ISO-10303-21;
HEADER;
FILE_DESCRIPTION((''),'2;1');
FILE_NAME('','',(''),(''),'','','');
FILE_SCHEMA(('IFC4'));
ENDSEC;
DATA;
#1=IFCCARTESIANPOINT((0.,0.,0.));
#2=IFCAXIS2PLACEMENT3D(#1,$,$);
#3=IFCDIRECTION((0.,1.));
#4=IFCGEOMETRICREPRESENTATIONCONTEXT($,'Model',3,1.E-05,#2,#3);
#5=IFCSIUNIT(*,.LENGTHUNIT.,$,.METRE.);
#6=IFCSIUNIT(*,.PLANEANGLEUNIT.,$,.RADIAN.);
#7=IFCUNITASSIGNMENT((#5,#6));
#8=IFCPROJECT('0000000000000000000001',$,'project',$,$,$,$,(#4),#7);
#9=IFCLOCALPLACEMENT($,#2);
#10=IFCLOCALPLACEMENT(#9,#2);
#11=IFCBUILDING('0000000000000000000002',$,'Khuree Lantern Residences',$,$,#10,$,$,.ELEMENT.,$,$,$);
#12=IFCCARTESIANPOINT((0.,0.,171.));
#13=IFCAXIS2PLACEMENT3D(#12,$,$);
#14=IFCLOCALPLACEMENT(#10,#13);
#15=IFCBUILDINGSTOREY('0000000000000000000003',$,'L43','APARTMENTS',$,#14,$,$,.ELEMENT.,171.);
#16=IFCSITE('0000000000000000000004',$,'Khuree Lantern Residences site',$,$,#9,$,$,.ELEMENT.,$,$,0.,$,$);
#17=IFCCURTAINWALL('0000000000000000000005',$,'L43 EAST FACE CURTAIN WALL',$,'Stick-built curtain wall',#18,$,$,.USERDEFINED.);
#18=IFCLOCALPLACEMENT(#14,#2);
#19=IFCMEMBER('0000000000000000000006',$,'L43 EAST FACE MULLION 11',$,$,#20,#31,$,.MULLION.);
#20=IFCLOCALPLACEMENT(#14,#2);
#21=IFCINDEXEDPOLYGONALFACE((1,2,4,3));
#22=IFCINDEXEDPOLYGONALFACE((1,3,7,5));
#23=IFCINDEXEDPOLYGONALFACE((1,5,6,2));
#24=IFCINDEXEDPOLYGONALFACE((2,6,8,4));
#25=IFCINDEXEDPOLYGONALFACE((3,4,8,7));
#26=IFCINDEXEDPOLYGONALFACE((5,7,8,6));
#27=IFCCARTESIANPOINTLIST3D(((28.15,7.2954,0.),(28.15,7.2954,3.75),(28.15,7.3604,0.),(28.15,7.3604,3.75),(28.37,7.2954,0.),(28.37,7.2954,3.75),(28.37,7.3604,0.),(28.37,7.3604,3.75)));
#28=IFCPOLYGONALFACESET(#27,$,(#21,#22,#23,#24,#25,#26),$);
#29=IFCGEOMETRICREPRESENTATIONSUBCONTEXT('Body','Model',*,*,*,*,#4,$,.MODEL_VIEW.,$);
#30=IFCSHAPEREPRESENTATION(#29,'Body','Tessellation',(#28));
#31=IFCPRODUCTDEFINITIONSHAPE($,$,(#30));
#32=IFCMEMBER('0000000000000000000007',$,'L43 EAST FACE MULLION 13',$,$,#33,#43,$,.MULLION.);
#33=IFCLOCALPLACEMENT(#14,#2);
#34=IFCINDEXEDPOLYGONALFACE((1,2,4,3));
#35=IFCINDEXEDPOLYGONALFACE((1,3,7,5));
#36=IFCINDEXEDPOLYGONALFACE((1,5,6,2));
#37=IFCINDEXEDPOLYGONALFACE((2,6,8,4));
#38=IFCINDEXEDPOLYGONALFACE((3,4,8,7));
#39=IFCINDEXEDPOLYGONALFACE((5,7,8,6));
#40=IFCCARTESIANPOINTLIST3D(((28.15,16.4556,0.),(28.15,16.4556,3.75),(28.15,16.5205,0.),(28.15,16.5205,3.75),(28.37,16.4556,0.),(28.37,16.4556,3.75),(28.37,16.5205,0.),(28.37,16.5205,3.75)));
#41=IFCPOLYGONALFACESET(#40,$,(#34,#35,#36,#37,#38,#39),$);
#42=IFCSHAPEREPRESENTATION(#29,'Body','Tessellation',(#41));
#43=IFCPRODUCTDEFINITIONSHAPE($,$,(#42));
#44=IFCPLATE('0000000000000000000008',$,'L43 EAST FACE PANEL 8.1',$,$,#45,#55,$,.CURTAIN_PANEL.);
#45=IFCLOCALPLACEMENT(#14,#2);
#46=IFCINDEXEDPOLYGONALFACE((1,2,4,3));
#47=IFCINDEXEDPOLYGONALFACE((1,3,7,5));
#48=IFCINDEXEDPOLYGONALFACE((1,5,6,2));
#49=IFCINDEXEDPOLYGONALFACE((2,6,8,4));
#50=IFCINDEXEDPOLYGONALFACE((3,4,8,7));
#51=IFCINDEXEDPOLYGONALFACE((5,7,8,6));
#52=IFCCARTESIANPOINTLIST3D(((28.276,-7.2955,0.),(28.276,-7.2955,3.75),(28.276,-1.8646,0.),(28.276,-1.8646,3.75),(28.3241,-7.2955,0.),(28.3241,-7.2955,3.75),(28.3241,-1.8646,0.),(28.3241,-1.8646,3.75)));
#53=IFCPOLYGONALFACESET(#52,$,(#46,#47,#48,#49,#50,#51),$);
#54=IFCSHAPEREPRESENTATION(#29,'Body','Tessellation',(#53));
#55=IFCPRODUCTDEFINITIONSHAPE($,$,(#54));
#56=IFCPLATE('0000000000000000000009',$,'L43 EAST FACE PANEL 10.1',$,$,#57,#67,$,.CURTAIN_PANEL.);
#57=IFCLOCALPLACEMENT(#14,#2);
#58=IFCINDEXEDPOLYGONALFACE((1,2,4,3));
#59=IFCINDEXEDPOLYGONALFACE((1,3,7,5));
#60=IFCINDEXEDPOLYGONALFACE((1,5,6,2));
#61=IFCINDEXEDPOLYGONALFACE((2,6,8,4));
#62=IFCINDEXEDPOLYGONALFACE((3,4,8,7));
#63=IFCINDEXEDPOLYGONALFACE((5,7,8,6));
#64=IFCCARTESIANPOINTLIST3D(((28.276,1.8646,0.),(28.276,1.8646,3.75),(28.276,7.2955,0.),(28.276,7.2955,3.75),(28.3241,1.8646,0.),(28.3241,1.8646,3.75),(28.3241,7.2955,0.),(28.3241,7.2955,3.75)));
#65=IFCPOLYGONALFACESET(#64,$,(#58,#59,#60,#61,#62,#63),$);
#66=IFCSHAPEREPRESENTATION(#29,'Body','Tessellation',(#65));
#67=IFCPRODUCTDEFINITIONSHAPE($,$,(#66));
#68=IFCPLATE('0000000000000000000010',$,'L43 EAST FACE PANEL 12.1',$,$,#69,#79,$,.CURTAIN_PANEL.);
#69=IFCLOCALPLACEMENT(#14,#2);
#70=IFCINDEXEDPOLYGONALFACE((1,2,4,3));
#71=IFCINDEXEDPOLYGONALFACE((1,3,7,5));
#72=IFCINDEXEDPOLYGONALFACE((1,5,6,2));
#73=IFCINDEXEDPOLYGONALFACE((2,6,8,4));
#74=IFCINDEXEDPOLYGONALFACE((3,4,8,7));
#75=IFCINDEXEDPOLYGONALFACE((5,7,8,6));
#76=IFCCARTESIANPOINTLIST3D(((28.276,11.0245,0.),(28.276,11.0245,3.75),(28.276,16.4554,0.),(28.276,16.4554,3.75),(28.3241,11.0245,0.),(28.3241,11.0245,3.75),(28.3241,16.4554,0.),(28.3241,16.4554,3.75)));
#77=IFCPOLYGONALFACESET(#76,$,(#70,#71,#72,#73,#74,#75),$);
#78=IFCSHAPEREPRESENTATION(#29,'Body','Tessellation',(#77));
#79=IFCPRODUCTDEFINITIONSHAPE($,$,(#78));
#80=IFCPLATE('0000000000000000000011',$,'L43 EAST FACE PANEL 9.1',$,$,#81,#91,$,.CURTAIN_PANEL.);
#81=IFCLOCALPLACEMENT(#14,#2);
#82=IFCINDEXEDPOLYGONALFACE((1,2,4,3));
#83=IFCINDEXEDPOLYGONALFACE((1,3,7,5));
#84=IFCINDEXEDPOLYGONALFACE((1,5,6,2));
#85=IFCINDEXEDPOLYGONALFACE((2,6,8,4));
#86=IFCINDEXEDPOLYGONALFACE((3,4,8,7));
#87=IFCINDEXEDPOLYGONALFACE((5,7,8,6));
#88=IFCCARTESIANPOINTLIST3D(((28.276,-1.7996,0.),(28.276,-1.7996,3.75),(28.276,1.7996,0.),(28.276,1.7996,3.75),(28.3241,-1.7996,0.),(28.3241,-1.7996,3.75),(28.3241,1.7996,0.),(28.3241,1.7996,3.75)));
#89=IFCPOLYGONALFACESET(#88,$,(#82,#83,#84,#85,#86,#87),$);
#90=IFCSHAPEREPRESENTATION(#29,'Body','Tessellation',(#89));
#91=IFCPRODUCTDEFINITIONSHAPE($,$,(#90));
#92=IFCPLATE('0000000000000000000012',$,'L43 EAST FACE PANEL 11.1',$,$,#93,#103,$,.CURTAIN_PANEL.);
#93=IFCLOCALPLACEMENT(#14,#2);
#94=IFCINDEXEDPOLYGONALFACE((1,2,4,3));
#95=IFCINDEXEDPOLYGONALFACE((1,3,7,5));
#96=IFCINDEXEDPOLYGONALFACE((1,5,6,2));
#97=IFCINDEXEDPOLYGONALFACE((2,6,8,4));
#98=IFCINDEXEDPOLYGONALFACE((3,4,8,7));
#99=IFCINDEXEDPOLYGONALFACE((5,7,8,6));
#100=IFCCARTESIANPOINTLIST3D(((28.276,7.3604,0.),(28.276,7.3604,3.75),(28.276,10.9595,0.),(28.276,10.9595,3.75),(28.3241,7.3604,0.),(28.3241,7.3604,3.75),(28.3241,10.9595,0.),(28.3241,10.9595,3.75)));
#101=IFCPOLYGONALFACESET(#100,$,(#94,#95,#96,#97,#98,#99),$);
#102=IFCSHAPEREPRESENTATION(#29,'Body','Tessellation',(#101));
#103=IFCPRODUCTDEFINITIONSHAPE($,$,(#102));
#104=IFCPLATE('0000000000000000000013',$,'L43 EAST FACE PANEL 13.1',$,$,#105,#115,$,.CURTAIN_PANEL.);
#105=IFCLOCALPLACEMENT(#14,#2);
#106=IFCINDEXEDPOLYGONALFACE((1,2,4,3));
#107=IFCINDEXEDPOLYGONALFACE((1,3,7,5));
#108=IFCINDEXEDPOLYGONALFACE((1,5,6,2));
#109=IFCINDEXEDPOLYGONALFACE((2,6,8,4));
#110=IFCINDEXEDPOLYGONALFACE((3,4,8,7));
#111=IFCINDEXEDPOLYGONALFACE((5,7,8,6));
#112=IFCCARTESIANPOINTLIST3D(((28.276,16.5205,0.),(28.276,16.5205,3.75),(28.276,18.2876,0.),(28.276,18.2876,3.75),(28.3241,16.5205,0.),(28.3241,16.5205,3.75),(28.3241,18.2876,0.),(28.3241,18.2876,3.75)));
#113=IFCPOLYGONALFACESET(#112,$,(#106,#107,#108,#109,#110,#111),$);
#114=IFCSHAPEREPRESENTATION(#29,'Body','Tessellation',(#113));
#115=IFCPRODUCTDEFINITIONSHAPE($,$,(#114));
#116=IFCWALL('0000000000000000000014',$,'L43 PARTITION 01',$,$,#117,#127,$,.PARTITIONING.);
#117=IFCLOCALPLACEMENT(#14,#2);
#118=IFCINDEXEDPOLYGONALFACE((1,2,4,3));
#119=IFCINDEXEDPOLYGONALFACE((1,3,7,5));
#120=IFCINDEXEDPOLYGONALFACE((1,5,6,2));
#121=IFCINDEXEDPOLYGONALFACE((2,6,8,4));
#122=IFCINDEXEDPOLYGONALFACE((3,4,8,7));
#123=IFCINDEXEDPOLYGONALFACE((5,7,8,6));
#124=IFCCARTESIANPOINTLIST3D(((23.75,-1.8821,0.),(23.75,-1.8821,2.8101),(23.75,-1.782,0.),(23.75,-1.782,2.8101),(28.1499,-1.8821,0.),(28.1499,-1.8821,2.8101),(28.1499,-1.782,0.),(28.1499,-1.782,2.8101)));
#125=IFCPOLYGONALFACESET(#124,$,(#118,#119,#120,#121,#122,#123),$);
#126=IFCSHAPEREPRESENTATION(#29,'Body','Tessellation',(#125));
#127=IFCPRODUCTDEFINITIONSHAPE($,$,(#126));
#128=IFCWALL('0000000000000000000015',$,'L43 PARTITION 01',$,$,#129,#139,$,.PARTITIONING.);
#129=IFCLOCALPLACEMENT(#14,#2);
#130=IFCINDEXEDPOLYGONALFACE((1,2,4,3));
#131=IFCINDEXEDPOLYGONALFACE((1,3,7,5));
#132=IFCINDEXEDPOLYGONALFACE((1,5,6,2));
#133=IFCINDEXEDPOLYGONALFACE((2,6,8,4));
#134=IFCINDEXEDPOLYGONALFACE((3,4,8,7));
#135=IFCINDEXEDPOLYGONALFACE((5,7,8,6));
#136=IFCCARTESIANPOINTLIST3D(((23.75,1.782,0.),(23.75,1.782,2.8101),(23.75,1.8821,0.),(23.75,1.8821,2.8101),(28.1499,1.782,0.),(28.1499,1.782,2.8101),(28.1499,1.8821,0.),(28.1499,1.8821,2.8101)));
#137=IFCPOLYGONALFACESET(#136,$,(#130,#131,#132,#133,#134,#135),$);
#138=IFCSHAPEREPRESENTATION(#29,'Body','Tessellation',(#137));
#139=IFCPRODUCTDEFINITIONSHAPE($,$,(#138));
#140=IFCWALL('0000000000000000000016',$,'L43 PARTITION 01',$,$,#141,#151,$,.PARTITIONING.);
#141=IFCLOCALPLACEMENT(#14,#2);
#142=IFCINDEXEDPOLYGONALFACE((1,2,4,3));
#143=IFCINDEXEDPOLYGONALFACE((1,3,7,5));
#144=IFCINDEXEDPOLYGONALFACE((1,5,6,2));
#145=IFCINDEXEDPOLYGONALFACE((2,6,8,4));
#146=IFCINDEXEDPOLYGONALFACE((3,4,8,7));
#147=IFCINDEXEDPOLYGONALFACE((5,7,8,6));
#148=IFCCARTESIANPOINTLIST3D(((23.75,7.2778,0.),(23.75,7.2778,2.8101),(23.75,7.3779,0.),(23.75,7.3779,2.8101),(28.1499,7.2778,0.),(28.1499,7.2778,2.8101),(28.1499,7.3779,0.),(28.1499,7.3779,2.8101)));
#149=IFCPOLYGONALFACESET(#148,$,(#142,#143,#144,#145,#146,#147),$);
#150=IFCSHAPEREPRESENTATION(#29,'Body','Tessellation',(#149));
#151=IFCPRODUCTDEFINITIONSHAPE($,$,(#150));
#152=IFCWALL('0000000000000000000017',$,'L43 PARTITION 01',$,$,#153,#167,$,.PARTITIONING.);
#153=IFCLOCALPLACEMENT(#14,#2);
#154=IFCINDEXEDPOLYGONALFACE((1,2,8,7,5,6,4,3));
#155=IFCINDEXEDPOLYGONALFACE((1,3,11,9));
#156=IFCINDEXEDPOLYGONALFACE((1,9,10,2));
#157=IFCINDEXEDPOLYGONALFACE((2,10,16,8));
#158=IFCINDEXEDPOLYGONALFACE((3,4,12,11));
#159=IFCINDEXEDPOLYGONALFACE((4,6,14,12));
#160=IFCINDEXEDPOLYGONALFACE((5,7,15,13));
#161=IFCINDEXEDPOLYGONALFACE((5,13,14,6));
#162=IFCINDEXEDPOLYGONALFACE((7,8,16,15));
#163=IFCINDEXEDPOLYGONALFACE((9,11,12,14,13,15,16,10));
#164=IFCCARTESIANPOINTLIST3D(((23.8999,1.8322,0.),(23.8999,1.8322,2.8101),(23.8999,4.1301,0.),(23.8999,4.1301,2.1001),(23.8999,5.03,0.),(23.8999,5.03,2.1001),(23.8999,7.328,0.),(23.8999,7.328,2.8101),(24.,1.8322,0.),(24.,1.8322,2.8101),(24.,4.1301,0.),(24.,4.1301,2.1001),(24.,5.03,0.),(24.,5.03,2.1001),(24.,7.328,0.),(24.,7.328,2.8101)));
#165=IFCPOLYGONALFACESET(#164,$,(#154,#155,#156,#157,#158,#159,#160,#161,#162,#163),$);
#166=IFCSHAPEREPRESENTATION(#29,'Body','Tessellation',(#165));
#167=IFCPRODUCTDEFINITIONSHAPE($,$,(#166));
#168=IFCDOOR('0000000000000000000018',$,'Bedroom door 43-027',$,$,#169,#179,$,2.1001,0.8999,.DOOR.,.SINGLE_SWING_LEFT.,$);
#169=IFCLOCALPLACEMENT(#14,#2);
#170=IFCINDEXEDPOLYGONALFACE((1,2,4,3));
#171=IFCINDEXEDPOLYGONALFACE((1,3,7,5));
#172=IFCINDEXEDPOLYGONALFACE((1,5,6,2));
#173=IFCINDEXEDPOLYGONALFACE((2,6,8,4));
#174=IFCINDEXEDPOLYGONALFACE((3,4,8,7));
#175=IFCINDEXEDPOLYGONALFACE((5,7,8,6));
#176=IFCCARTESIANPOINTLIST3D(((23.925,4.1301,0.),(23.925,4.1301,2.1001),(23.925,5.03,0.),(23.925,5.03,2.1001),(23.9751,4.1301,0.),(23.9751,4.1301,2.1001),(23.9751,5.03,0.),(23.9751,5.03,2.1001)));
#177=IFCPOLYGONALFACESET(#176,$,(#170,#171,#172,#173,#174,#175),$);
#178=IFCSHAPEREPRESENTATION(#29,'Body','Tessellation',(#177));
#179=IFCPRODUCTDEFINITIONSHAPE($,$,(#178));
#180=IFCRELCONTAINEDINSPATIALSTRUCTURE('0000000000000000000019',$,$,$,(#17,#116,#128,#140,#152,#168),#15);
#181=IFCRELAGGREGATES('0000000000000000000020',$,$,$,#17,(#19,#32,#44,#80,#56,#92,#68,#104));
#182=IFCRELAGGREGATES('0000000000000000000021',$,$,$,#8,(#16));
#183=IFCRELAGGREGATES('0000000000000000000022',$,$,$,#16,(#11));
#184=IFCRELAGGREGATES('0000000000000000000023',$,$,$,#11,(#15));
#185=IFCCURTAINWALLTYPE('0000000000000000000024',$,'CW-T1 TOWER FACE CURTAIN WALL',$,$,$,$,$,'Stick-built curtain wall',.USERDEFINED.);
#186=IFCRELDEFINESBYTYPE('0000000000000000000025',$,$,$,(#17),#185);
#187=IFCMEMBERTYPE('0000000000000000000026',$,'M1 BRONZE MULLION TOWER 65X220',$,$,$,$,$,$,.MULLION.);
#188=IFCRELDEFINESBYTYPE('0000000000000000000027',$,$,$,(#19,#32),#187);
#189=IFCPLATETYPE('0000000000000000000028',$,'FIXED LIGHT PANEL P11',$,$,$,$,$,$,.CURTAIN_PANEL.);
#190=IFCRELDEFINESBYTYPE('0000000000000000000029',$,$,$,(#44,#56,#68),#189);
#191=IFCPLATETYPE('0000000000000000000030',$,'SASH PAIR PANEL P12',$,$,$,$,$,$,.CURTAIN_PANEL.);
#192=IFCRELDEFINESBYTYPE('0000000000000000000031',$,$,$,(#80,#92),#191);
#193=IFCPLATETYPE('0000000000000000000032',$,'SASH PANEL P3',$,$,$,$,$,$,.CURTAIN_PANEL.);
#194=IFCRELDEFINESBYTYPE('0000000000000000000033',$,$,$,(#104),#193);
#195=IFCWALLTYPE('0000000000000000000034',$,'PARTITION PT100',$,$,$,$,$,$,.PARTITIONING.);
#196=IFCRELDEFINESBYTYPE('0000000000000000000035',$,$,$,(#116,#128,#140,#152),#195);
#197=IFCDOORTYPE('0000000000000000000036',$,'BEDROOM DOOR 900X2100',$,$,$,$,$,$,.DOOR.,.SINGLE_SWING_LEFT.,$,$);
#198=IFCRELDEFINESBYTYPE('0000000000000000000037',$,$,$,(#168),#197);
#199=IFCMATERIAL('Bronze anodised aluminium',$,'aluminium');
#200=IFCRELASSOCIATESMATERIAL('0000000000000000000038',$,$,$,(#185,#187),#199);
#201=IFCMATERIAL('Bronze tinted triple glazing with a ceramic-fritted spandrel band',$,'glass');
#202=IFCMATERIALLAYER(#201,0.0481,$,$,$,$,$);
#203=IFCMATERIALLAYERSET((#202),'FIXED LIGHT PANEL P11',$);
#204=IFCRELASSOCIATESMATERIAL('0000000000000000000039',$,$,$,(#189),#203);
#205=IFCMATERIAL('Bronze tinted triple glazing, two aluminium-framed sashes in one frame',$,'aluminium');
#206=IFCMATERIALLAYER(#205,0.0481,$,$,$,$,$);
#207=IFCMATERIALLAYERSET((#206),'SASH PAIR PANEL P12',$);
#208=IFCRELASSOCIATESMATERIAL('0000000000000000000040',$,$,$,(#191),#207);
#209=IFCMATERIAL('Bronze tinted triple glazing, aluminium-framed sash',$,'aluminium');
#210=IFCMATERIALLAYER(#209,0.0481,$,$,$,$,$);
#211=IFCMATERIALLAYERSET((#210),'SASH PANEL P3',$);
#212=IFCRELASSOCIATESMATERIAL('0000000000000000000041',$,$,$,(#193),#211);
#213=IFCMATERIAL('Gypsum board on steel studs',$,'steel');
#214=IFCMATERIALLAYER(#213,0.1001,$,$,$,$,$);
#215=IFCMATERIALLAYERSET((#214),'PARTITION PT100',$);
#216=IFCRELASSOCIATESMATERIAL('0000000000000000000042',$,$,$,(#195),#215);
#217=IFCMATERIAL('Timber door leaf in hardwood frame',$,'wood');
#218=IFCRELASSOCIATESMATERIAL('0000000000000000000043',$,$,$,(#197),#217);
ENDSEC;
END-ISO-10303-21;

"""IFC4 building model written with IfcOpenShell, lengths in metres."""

from ifc_helpers import new_model, si_unit, direction, frame, frame_2d, origin, origin_2d, place, context, subcontext, project, spatial, rectangle, extrude, material, layer, layer_set, material_profile, profile_set, type_object, element, fill, aggregate, save


model = new_model("IFC4")

# Units and contexts
model_context = context("Model", 3, precision=1e-05, world=origin(), true_north=direction((0.0, 1.0)))
body_context = subcontext(model_context, "Body", "Model", "MODEL_VIEW")
ifc_project = project(units=[si_unit("LENGTHUNIT", "METRE"), si_unit("PLANEANGLEUNIT", "RADIAN")], contexts=[model_context])

# Site, building, storey
site_placement = place(None, origin())
site = spatial("IfcSite", under=ifc_project, at=site_placement, Name="Khuree Lantern Residences site", CompositionType="ELEMENT", RefElevation=0.0)
building_placement = place(site_placement, origin())
building = spatial("IfcBuilding", under=site, at=building_placement, Name="Khuree Lantern Residences", CompositionType="ELEMENT")
storey_placement = place(building_placement, frame((0.0, 0.0, 171.0)))
storey = spatial("IfcBuildingStorey", under=building, at=storey_placement, Name="L43", Description="APARTMENTS", CompositionType="ELEMENT", Elevation=171.0)

# Curtain wall
ifc_material_1 = material(Name="Bronze anodised aluminium", Category="aluminium")
curtain_wall_type = type_object("IfcCurtainWallType", Name="CW-T1 TOWER FACE CURTAIN WALL", ElementType="Stick-built curtain wall", PredefinedType="USERDEFINED", material=ifc_material_1)
curtain_wall_placement = place(storey_placement, origin())
curtain_wall = element("IfcCurtainWall", 1, at=curtain_wall_placement, inside=storey, type_object=curtain_wall_type, Name="L43 EAST FACE CURTAIN WALL", ObjectType="Stick-built curtain wall", PredefinedType="USERDEFINED")

# Members
ifc_material_profile_1 = material_profile(ifc_material_1, rectangle(XDim=0.0649, YDim=0.22, at=origin_2d()), Name="M1 65X220")
ifc_profile_set_1 = profile_set([ifc_material_profile_1], Name="Bronze anodised aluminium")
member_type_1 = type_object("IfcMemberType", Name="M1 BRONZE MULLION TOWER 65X220", PredefinedType="MULLION", material=ifc_profile_set_1)
member_1_placement = place(storey_placement, frame((28.26, 7.3279, 0.0), z_axis=(0.0, 0.0, 1.0), x_axis=(0.0, 1.0, 0.0)))
member_1 = element("IfcMember", 2, at=member_1_placement, type_object=member_type_1, Name="L43 EAST FACE MULLION 11", PredefinedType="MULLION", context=body_context, shape_type="SweptSolid", body=[
    extrude(rectangle(XDim=0.0649, YDim=0.22, at=origin_2d()), origin(), (0.0, 0.0, 1.0), 3.75),
])
member_2_placement = place(storey_placement, frame((28.26, 16.488, 0.0), z_axis=(0.0, 0.0, 1.0), x_axis=(0.0, 1.0, 0.0)))
member_2 = element("IfcMember", 3, at=member_2_placement, type_object=member_type_1, Name="L43 EAST FACE MULLION 13", PredefinedType="MULLION", context=body_context, shape_type="SweptSolid", body=[
    extrude(rectangle(XDim=0.0649, YDim=0.22, at=origin_2d()), origin(), (0.0, 0.0, 1.0), 3.75),
])

# Plates
ifc_material_2 = material(Name="Bronze tinted triple glazing with a ceramic-fritted spandrel band", Category="glass")
ifc_layer_1 = layer(ifc_material_2, 0.0481)
ifc_layer_set_1 = layer_set([ifc_layer_1], Name="FIXED LIGHT PANEL P11")
plate_type_1 = type_object("IfcPlateType", Name="FIXED LIGHT PANEL P11", PredefinedType="CURTAIN_PANEL", material=ifc_layer_set_1)
plate_1_placement = place(storey_placement, frame((28.3, -4.5801, 0.0), z_axis=(0.0, 0.0, 1.0), x_axis=(0.0, 1.0, 0.0)))
plate_1 = element("IfcPlate", 4, at=plate_1_placement, type_object=plate_type_1, Name="L43 EAST FACE PANEL 8.1", PredefinedType="CURTAIN_PANEL", context=body_context, shape_type="SweptSolid", body=[
    extrude(rectangle(XDim=5.4309, YDim=0.0481, at=origin_2d()), origin(), (0.0, 0.0, 1.0), 3.75),
])
plate_2_placement = place(storey_placement, frame((28.3, 4.5801, 0.0), z_axis=(0.0, 0.0, 1.0), x_axis=(0.0, 1.0, 0.0)))
plate_2 = element("IfcPlate", 5, at=plate_2_placement, type_object=plate_type_1, Name="L43 EAST FACE PANEL 10.1", PredefinedType="CURTAIN_PANEL", context=body_context, shape_type="SweptSolid", body=[
    extrude(rectangle(XDim=5.4309, YDim=0.0481, at=origin_2d()), origin(), (0.0, 0.0, 1.0), 3.75),
])
plate_3_placement = place(storey_placement, frame((28.3, 13.74, 0.0), z_axis=(0.0, 0.0, 1.0), x_axis=(0.0, 1.0, 0.0)))
plate_3 = element("IfcPlate", 6, at=plate_3_placement, type_object=plate_type_1, Name="L43 EAST FACE PANEL 12.1", PredefinedType="CURTAIN_PANEL", context=body_context, shape_type="SweptSolid", body=[
    extrude(rectangle(XDim=5.4309, YDim=0.0481, at=origin_2d()), origin(), (0.0, 0.0, 1.0), 3.75),
])
ifc_material_3 = material(Name="Bronze tinted triple glazing, two aluminium-framed sashes in one frame", Category="aluminium")
ifc_layer_2 = layer(ifc_material_3, 0.0481)
ifc_layer_set_2 = layer_set([ifc_layer_2], Name="SASH PAIR PANEL P12")
plate_type_2 = type_object("IfcPlateType", Name="SASH PAIR PANEL P12", PredefinedType="CURTAIN_PANEL", material=ifc_layer_set_2)
plate_4_placement = place(storey_placement, frame((28.3, 0.0, 0.0), z_axis=(0.0, 0.0, 1.0), x_axis=(0.0, 1.0, 0.0)))
plate_4 = element("IfcPlate", 7, at=plate_4_placement, type_object=plate_type_2, Name="L43 EAST FACE PANEL 9.1", PredefinedType="CURTAIN_PANEL", context=body_context, shape_type="SweptSolid", body=[
    extrude(rectangle(XDim=3.5991, YDim=0.0481, at=origin_2d()), origin(), (0.0, 0.0, 1.0), 3.75),
])
plate_5_placement = place(storey_placement, frame((28.3, 9.1599, 0.0), z_axis=(0.0, 0.0, 1.0), x_axis=(0.0, 1.0, 0.0)))
plate_5 = element("IfcPlate", 8, at=plate_5_placement, type_object=plate_type_2, Name="L43 EAST FACE PANEL 11.1", PredefinedType="CURTAIN_PANEL", context=body_context, shape_type="SweptSolid", body=[
    extrude(rectangle(XDim=3.5991, YDim=0.0481, at=origin_2d()), origin(), (0.0, 0.0, 1.0), 3.75),
])
ifc_material_4 = material(Name="Bronze tinted triple glazing, aluminium-framed sash", Category="aluminium")
ifc_layer_3 = layer(ifc_material_4, 0.0481)
ifc_layer_set_3 = layer_set([ifc_layer_3], Name="SASH PANEL P3")
plate_type_3 = type_object("IfcPlateType", Name="SASH PANEL P3", PredefinedType="CURTAIN_PANEL", material=ifc_layer_set_3)
plate_6_placement = place(storey_placement, frame((28.3, 17.4041, 0.0), z_axis=(0.0, 0.0, 1.0), x_axis=(0.0, 1.0, 0.0)))
plate_6 = element("IfcPlate", 9, at=plate_6_placement, type_object=plate_type_3, Name="L43 EAST FACE PANEL 13.1", PredefinedType="CURTAIN_PANEL", context=body_context, shape_type="SweptSolid", body=[
    extrude(rectangle(XDim=1.7671, YDim=0.0481, at=origin_2d()), origin(), (0.0, 0.0, 1.0), 3.75),
])
aggregate(curtain_wall, [member_1, member_2, plate_1, plate_4, plate_2, plate_5, plate_3, plate_6])

# Walls
ifc_material_5 = material(Name="Gypsum board on steel studs", Category="steel")
ifc_layer_4 = layer(ifc_material_5, 0.1001)
ifc_layer_set_4 = layer_set([ifc_layer_4], Name="PARTITION PT100")
wall_type = type_object("IfcWallType", Name="PARTITION PT100", PredefinedType="PARTITIONING", material=ifc_layer_set_4)
for number, where, z_axis, x_axis, name in (
    (10, (23.75, -1.832, 0.0), (0.0, 0.0, 1.0), (1.0, 0.0, 0.0), "L43 PARTITION 01"),
    (11, (23.75, 1.832, 0.0), (0.0, 0.0, 1.0), (1.0, 0.0, 0.0), "L43 PARTITION 01"),
    (12, (23.75, 7.3279, 0.0), (0.0, 0.0, 1.0), (1.0, 0.0, 0.0), "L43 PARTITION 01"),
):
    element("IfcWall", number, at=place(storey_placement, frame(where, z_axis=z_axis, x_axis=x_axis)), inside=storey, type_object=wall_type, Name=name, PredefinedType="PARTITIONING", context=body_context, shape_type="SweptSolid", body=[
        extrude(rectangle(XDim=4.3999, YDim=0.1001, at=frame_2d((2.2, 0.0))), origin(), (0.0, 0.0, 1.0), 2.8101),
    ])

# Wall, opening, door
wall_placement = place(storey_placement, frame((23.95, 1.832, 0.0), z_axis=(0.0, 0.0, 1.0), x_axis=(0.0, 1.0, 0.0)))
wall = element("IfcWall", 13, at=wall_placement, inside=storey, type_object=wall_type, Name="L43 PARTITION 01", PredefinedType="PARTITIONING", context=body_context, shape_type="SweptSolid", body=[
    extrude(rectangle(XDim=5.4958, YDim=0.1001, at=frame_2d((2.748, 0.0))), origin(), (0.0, 0.0, 1.0), 2.8101),
])
opening_placement = place(wall_placement, frame((2.2981, 0.0, 0.0)))
opening = element("IfcOpeningElement", 14, at=opening_placement, cuts=wall, PredefinedType="OPENING", context=body_context, shape_type="SweptSolid", body=[
    extrude(rectangle(XDim=0.8999, YDim=2.1001, at=frame_2d((0.45, 1.05))), frame((0.0, 0.0601, 0.0), z_axis=(0.0, -1.0, 0.0), x_axis=(1.0, 0.0, 0.0)), (0.0, 0.0, 1.0), 0.1201),
])
ifc_material_6 = material(Name="Timber door leaf in hardwood frame", Category="wood")
door_type = type_object("IfcDoorType", Name="BEDROOM DOOR 900X2100", OperationType="SINGLE_SWING_LEFT", PredefinedType="DOOR", material=ifc_material_6)
door_placement = place(opening_placement, origin())
door = element("IfcDoor", 15, at=door_placement, inside=storey, type_object=door_type, Name="Bedroom door 43-027", OperationType="SINGLE_SWING_LEFT", OverallHeight=2.1001, OverallWidth=0.8999, PredefinedType="DOOR", context=body_context, shape_type="SweptSolid", body=[
    extrude(rectangle(XDim=0.8999, YDim=2.1001, at=frame_2d((0.45, 1.05))), frame((0.0, 0.0249, 0.0), z_axis=(0.0, -1.0, 0.0), x_axis=(1.0, 0.0, 0.0)), (0.0, 0.0, 1.0), 0.05),
])
fill(opening, door)

save(model, "model.ifc")
